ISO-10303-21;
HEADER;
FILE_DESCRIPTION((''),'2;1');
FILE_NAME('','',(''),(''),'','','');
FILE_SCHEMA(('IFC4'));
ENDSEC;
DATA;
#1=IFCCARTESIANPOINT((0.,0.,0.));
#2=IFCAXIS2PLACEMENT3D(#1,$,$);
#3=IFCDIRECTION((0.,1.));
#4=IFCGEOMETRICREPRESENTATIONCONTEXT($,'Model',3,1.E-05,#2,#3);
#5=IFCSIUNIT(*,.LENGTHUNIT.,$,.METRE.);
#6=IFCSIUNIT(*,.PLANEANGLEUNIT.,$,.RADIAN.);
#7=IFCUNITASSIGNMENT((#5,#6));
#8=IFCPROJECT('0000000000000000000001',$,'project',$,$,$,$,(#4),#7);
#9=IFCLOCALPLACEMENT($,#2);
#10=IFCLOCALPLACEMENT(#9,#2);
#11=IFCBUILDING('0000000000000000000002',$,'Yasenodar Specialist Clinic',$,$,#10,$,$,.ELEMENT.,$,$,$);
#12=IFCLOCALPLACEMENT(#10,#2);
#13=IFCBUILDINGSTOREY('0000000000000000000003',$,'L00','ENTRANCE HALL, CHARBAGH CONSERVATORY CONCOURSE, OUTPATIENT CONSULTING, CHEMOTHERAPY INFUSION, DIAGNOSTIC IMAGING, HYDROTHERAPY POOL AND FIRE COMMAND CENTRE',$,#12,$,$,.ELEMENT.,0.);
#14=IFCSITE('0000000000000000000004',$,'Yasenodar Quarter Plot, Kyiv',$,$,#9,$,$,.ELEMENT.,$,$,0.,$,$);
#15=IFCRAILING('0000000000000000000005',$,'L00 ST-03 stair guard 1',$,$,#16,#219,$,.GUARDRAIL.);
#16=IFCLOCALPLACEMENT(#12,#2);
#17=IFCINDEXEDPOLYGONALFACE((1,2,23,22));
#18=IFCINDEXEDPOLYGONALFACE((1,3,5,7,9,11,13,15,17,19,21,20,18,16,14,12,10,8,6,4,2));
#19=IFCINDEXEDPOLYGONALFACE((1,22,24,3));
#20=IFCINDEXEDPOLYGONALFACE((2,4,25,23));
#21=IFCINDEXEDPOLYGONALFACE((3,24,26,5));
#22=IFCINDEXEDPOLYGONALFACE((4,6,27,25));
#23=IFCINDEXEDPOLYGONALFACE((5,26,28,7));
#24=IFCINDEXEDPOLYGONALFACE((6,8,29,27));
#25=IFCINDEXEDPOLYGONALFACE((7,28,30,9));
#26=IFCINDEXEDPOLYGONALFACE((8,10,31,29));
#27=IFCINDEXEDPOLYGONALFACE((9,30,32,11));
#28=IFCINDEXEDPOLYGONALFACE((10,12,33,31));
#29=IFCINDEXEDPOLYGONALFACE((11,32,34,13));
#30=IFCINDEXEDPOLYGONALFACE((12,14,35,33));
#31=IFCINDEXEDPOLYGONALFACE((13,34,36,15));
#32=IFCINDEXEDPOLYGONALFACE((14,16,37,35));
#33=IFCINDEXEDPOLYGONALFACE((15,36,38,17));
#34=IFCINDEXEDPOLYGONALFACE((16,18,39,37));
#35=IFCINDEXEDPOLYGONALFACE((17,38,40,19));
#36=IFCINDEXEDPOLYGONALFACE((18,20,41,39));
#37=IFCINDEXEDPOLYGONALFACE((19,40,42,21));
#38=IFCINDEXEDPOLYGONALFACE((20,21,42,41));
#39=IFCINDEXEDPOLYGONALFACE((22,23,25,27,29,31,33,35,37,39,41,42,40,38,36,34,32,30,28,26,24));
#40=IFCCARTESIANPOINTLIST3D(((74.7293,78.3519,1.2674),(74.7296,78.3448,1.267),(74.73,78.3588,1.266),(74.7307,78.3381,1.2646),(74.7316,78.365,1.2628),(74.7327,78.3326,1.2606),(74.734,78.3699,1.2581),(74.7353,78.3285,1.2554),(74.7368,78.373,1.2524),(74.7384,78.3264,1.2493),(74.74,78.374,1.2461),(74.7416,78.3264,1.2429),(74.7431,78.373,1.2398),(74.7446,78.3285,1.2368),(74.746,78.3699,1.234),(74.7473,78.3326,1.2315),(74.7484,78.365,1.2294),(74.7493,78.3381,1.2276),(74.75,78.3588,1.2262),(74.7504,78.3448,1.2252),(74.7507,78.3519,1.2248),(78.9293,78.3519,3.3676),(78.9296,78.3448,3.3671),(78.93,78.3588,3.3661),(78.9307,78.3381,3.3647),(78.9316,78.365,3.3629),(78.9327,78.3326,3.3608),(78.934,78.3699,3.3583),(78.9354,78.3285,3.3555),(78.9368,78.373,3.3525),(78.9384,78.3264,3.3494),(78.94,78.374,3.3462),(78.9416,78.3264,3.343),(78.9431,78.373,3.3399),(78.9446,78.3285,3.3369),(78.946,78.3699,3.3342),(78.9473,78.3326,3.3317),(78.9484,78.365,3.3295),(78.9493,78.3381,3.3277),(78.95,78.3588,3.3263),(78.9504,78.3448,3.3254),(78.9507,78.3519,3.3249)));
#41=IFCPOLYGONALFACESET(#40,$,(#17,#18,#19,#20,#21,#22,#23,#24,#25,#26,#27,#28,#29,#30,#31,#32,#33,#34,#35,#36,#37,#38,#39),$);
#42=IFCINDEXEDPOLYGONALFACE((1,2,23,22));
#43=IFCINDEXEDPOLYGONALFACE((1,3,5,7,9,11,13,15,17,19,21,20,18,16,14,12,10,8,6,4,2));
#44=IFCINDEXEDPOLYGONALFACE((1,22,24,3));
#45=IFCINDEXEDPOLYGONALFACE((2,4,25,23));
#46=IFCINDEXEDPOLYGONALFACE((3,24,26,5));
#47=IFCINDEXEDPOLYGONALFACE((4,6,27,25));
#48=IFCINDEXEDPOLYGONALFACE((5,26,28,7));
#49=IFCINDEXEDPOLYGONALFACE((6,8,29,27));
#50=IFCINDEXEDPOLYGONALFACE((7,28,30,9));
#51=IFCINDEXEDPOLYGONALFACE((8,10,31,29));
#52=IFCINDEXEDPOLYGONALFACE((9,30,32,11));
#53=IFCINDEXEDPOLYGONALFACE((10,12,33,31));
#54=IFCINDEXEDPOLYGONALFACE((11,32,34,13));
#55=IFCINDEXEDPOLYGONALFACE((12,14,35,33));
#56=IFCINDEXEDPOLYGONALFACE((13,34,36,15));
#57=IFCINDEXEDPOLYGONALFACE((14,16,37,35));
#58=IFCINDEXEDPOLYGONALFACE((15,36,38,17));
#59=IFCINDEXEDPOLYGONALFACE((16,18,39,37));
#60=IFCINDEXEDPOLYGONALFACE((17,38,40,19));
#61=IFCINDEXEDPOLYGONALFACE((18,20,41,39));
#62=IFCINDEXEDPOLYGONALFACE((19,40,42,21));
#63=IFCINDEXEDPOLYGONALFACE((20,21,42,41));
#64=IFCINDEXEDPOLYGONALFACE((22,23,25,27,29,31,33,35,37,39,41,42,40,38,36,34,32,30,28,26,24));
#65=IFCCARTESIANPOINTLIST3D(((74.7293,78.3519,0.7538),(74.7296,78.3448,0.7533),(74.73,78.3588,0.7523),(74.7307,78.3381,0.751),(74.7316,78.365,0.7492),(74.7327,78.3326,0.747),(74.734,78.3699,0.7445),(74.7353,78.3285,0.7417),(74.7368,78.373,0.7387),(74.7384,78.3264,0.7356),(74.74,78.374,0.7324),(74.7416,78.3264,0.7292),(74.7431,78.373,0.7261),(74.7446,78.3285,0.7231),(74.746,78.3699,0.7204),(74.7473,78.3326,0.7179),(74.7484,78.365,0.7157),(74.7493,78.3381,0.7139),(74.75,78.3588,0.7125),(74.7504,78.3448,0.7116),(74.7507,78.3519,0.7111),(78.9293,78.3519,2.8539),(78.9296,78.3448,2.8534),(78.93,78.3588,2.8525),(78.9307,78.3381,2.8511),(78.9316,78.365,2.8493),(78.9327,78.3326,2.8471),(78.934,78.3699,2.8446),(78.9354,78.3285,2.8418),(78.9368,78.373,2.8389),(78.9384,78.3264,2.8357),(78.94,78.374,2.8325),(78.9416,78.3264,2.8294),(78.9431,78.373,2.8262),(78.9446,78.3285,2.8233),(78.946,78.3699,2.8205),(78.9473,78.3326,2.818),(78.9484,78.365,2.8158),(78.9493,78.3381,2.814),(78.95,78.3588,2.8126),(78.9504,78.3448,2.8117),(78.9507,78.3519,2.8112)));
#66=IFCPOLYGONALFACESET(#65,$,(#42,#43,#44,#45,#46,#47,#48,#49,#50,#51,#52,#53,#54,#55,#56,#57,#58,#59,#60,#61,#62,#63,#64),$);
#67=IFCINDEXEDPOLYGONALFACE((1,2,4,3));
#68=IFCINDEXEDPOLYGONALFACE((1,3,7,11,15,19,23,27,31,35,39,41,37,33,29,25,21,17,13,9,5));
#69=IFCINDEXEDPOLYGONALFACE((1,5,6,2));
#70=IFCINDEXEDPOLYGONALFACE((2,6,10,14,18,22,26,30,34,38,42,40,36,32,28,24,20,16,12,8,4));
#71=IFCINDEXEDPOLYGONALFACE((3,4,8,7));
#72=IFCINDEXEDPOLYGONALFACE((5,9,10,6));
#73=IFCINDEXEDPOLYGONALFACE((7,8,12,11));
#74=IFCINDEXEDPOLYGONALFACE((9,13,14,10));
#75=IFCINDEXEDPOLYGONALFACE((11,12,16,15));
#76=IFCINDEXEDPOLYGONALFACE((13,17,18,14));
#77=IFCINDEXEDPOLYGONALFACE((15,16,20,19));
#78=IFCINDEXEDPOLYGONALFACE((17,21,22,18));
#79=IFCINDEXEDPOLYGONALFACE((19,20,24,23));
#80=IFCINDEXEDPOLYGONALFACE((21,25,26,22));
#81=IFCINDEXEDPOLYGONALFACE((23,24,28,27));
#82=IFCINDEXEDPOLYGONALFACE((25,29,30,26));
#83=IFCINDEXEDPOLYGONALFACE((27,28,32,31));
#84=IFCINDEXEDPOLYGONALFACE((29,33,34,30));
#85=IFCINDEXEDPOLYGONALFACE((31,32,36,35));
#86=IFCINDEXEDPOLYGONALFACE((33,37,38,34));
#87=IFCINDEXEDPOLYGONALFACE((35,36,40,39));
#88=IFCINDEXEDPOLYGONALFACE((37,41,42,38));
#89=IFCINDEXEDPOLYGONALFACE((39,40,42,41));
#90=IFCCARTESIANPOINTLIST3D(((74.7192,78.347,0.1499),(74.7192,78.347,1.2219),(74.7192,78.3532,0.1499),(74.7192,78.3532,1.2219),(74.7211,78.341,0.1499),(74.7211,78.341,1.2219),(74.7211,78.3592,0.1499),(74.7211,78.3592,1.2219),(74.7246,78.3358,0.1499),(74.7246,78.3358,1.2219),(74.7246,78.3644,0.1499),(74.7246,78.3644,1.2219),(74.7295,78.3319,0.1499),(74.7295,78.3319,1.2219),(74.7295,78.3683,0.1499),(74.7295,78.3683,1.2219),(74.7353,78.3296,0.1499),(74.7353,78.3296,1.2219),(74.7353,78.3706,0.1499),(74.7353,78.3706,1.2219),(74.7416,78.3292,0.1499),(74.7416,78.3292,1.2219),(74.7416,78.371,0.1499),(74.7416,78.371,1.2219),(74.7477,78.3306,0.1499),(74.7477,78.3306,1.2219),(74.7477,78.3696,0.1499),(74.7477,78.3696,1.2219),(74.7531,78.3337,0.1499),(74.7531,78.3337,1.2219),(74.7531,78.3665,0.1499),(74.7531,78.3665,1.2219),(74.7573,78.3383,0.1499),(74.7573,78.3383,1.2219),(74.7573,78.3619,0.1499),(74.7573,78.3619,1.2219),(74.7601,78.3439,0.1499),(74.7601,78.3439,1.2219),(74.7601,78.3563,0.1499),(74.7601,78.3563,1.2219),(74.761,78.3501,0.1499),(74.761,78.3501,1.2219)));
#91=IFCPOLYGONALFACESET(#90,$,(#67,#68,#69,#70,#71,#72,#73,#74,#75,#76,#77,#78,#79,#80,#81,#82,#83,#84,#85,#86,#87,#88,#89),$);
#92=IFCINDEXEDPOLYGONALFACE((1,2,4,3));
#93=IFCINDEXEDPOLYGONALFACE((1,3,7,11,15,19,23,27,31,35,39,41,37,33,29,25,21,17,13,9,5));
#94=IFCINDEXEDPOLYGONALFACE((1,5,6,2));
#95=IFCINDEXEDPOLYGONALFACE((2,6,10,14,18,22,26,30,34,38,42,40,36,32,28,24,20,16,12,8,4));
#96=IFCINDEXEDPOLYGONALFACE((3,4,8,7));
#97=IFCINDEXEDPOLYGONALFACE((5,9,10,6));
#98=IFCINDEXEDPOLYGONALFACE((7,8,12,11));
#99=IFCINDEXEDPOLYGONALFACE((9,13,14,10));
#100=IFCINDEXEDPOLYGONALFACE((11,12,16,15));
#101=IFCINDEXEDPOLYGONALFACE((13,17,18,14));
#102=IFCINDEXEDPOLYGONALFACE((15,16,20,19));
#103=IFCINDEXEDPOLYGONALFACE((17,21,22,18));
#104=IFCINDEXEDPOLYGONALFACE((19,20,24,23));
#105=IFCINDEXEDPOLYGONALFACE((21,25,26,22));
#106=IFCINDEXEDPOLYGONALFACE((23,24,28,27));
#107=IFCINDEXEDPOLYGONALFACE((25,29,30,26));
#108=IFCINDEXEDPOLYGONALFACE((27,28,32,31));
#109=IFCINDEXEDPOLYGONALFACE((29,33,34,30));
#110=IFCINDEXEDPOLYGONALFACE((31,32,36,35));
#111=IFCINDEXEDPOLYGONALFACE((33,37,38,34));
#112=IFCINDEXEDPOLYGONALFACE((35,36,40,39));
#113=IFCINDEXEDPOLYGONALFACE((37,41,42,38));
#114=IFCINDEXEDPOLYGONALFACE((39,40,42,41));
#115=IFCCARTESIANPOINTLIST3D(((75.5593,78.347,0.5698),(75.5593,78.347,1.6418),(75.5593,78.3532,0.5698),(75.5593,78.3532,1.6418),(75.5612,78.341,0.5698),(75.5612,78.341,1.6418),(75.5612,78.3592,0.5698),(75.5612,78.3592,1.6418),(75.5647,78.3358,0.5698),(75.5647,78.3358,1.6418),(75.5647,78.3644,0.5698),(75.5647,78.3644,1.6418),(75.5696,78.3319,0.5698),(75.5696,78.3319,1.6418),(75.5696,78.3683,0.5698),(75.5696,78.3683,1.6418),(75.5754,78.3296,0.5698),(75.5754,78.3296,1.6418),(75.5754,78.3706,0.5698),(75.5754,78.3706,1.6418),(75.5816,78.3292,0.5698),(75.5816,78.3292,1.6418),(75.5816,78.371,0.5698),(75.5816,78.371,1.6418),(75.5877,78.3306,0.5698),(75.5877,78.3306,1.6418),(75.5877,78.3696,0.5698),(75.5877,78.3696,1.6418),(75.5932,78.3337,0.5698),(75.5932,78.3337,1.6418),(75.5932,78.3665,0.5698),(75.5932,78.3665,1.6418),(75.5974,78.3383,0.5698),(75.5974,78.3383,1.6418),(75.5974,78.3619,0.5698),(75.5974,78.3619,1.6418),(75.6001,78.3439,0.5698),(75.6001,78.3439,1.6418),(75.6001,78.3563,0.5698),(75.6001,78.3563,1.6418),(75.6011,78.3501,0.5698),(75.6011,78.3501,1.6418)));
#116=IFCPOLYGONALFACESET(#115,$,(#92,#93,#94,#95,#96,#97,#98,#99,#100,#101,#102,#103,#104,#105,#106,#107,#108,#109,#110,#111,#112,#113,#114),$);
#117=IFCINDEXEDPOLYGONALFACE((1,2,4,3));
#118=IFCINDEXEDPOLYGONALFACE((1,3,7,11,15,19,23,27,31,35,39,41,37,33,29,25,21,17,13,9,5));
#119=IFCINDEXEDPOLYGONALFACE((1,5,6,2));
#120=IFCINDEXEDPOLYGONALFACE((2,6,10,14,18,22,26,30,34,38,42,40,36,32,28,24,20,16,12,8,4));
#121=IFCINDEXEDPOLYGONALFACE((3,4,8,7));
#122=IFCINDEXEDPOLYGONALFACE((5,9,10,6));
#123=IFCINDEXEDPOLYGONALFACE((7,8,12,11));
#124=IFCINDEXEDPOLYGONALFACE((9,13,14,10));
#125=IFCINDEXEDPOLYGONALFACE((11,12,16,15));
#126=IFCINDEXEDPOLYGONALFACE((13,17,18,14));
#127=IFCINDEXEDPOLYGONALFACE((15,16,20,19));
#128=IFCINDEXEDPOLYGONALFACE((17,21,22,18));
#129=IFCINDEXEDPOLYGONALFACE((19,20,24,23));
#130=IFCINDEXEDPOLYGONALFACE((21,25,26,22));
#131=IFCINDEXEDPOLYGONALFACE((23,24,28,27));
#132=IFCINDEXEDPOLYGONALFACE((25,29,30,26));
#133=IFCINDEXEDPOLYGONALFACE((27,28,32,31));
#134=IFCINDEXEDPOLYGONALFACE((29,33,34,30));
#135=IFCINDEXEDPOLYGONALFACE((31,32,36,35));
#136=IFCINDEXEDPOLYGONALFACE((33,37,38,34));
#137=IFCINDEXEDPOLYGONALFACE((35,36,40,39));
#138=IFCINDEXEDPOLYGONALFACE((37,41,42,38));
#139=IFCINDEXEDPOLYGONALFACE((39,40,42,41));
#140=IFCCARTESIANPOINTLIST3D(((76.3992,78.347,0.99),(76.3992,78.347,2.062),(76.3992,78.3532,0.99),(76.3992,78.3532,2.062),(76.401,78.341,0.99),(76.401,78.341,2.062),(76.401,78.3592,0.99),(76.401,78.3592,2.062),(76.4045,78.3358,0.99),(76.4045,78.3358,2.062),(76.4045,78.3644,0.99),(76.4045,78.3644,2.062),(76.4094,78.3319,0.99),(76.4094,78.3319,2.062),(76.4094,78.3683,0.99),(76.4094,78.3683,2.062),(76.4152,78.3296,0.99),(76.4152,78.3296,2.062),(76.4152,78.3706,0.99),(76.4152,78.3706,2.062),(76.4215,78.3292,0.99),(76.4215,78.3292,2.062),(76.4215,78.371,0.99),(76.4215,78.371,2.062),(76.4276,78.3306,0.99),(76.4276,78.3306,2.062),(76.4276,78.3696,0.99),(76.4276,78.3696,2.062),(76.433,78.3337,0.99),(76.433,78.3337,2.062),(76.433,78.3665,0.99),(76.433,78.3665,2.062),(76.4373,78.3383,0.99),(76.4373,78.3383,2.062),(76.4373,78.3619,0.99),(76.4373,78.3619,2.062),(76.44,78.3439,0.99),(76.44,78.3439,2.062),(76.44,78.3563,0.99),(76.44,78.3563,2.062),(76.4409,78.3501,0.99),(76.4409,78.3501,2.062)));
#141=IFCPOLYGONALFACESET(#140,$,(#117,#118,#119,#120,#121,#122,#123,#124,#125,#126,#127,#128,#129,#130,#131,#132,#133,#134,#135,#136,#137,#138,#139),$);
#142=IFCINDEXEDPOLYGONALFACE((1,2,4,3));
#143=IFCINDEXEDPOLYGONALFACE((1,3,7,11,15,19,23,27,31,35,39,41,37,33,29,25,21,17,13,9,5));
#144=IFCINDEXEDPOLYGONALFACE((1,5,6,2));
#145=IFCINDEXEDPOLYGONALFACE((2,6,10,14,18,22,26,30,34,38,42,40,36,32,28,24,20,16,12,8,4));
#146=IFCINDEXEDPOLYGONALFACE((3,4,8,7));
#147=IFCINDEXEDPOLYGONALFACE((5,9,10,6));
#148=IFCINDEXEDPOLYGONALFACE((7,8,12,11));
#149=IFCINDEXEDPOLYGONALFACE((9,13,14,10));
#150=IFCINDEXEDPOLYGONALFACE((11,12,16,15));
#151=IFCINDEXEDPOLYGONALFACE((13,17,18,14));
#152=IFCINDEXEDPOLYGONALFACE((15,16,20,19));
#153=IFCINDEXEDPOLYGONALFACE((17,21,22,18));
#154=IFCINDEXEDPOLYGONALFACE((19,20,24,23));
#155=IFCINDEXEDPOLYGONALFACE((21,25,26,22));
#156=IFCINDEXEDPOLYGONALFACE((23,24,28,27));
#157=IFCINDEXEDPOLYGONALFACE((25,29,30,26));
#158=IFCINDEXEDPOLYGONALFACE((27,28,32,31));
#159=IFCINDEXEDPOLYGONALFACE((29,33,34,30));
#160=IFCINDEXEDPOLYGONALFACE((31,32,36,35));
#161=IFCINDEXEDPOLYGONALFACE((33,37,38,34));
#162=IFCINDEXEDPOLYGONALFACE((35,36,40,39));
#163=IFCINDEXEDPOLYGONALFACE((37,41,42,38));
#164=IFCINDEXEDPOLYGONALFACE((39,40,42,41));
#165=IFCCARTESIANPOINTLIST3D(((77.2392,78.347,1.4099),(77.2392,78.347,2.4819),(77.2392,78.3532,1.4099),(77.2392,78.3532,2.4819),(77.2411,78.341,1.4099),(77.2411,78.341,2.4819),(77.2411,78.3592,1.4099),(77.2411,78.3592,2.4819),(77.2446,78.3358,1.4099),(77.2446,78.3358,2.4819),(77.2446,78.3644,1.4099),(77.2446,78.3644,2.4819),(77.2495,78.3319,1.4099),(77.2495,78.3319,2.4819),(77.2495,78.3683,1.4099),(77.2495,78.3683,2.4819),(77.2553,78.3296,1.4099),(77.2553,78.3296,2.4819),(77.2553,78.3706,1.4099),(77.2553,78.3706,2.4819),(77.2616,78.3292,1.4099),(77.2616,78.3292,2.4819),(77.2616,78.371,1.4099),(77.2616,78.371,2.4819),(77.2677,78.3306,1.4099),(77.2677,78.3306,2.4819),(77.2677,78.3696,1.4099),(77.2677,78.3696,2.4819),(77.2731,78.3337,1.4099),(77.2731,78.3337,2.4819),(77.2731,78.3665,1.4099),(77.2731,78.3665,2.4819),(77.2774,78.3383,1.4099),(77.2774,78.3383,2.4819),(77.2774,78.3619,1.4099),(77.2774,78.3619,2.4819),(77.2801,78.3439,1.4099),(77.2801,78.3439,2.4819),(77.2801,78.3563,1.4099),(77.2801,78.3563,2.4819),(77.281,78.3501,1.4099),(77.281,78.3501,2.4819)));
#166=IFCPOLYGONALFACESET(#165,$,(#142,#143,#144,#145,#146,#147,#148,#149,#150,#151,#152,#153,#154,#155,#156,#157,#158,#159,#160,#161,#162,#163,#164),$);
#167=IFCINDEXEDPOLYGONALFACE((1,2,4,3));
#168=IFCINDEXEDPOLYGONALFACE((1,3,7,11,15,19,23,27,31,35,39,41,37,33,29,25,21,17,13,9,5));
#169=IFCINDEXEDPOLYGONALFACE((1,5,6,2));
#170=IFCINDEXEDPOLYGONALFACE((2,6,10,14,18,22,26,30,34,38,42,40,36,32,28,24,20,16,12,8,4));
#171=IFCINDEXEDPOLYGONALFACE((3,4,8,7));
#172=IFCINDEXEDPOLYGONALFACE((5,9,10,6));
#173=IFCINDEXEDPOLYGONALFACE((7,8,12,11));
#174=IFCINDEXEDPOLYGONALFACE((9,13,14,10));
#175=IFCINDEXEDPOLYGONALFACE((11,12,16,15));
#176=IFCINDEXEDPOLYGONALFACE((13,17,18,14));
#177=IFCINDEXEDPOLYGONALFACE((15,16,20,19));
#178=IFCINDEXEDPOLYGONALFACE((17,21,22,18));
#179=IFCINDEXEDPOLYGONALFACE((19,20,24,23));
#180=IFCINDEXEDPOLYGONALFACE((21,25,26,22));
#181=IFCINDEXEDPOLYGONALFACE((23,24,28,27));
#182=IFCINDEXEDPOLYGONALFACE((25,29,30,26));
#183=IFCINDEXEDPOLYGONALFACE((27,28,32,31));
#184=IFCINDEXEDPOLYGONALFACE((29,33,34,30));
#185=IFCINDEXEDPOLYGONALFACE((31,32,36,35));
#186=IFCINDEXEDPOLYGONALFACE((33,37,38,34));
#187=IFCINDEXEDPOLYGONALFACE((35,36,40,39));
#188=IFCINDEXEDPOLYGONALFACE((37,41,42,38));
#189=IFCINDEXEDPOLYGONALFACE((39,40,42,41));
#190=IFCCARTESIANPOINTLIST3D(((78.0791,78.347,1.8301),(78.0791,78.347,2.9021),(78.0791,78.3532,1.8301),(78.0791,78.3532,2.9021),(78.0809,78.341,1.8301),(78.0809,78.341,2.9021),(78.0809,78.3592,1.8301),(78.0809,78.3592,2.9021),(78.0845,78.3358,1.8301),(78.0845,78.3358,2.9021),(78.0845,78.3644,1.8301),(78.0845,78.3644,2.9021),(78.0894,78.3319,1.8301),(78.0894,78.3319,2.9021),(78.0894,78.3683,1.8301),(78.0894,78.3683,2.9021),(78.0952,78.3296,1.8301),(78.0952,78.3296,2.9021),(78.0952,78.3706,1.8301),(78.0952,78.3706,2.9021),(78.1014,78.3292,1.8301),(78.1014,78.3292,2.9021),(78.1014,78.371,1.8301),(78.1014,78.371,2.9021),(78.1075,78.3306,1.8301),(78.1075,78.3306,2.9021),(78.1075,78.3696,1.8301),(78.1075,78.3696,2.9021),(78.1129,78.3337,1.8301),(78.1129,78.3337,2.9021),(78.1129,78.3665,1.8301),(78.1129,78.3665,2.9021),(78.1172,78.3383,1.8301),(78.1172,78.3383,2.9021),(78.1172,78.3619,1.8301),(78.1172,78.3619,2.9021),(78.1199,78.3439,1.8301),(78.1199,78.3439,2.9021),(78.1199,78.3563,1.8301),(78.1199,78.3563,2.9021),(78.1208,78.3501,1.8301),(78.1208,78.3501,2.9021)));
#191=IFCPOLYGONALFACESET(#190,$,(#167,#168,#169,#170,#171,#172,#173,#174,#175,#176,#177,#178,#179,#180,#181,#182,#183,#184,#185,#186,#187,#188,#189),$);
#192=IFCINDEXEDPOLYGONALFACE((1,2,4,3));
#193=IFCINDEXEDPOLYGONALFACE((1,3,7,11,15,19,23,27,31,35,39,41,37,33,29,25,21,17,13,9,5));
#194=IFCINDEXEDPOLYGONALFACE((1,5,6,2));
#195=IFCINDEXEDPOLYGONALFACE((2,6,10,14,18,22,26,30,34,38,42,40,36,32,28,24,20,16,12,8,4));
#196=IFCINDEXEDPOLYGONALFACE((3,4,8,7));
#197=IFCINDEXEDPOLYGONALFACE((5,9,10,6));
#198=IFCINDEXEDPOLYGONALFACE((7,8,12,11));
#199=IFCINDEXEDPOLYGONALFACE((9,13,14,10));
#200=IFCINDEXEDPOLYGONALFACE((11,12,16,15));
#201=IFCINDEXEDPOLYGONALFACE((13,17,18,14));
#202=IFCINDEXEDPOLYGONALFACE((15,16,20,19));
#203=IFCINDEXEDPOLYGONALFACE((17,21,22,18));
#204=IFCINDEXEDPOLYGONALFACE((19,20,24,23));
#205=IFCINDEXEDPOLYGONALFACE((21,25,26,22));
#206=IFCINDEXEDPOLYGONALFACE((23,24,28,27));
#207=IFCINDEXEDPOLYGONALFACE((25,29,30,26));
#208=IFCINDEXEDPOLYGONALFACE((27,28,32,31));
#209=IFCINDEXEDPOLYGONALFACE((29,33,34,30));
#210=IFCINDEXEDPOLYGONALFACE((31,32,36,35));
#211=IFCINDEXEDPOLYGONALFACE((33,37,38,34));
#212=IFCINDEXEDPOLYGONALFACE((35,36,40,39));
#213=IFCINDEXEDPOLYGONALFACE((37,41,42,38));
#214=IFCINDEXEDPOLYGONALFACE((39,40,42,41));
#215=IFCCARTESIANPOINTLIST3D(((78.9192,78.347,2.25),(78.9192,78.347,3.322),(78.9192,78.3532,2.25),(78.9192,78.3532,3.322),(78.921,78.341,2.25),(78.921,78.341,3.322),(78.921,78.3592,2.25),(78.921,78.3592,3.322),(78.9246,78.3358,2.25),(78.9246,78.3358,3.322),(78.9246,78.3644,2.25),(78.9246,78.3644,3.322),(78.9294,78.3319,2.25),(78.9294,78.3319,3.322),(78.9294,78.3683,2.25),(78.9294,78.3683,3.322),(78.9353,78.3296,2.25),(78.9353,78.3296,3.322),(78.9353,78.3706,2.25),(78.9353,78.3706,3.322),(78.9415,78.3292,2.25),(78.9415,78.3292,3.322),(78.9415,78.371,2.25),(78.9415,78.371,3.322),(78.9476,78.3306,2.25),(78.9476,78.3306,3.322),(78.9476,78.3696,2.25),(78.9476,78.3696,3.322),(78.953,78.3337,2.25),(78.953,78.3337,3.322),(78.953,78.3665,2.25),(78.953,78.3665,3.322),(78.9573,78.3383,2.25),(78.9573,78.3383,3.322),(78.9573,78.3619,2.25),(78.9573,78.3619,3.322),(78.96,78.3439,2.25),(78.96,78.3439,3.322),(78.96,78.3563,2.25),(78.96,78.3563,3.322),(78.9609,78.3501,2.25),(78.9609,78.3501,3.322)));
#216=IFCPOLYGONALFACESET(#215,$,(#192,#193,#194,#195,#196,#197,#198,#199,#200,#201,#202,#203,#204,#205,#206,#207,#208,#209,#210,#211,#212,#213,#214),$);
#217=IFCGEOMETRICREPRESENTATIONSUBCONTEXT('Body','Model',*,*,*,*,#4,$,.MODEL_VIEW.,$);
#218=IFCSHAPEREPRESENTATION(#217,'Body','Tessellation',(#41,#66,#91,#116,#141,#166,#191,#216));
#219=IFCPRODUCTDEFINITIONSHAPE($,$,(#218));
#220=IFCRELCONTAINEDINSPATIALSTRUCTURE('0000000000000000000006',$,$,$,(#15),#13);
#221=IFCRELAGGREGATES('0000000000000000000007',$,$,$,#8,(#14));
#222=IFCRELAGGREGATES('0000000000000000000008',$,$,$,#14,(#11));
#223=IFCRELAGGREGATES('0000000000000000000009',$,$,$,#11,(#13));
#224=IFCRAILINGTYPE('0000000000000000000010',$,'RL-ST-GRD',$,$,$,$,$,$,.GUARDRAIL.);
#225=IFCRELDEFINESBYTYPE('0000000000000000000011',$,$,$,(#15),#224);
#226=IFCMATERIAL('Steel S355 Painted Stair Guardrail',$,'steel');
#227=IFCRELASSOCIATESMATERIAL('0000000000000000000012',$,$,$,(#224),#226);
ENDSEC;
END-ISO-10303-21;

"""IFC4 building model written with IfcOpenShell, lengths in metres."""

from ifc_helpers import new_model, si_unit, direction, frame, origin, origin_2d, place, context, subcontext, project, spatial, circle, extrude, material, type_object, element, save


model = new_model("IFC4")

# Units and contexts
model_context = context("Model", 3, precision=1e-05, world=origin(), true_north=direction((0.0, 1.0)))
body_context = subcontext(model_context, "Body", "Model", "MODEL_VIEW")
ifc_project = project(units=[si_unit("LENGTHUNIT", "METRE"), si_unit("PLANEANGLEUNIT", "RADIAN")], contexts=[model_context])

# Site, building, storey
site_placement = place(None, origin())
site = spatial("IfcSite", under=ifc_project, at=site_placement, Name="Yasenodar Quarter Plot, Kyiv", CompositionType="ELEMENT", RefElevation=0.0)
building_placement = place(site_placement, origin())
building = spatial("IfcBuilding", under=site, at=building_placement, Name="Yasenodar Specialist Clinic", CompositionType="ELEMENT")
storey_placement = place(building_placement, origin())
storey = spatial("IfcBuildingStorey", under=building, at=storey_placement, Name="L00", Description="ENTRANCE HALL, CHARBAGH CONSERVATORY CONCOURSE, OUTPATIENT CONSULTING, CHEMOTHERAPY INFUSION, DIAGNOSTIC IMAGING, HYDROTHERAPY POOL AND FIRE COMMAND CENTRE", CompositionType="ELEMENT", Elevation=0.0)

# Railing
ifc_material_1 = material(Name="Steel S355 Painted Stair Guardrail", Category="steel")
railing_type_1 = type_object("IfcRailingType", Name="RL-ST-GRD", PredefinedType="GUARDRAIL", material=ifc_material_1)
railing_1_placement = place(storey_placement, frame((74.74, 78.3501, 0.1499)))
element("IfcRailing", 1, at=railing_1_placement, inside=storey, type_object=railing_type_1, Name="L00 ST-03 stair guard 1", PredefinedType="GUARDRAIL", context=body_context, shape_type="SweptSolid", body=[
    extrude(circle(Radius=0.0239, at=origin_2d()), frame((0.0, 0.0, 1.0962), z_axis=(0.894417, 0.0, 0.447234), x_axis=(0.0, 1.0, 0.0)), (0.0, 0.0, 1.0), 4.6958),
    extrude(circle(Radius=0.0239, at=origin_2d()), frame((0.0, 0.0, 0.5825), z_axis=(0.894417, 0.0, 0.447234), x_axis=(0.0, 1.0, 0.0)), (0.0, 0.0, 1.0), 4.6958),
    extrude(circle(Radius=0.021, at=origin_2d()), origin(), (0.0, 0.0, 1.0), 1.072),
    extrude(circle(Radius=0.021, at=origin_2d()), frame((0.8401, 0.0, 0.4199)), (0.0, 0.0, 1.0), 1.072),
    extrude(circle(Radius=0.021, at=origin_2d()), frame((1.6799, 0.0, 0.8401)), (0.0, 0.0, 1.0), 1.072),
    extrude(circle(Radius=0.021, at=origin_2d()), frame((2.52, 0.0, 1.26)), (0.0, 0.0, 1.0), 1.072),
    extrude(circle(Radius=0.021, at=origin_2d()), frame((3.3599, 0.0, 1.6802)), (0.0, 0.0, 1.0), 1.072),
    extrude(circle(Radius=0.021, at=origin_2d()), frame((4.2, 0.0, 2.1001)), (0.0, 0.0, 1.0), 1.072),
])

save(model, "model.ifc")
